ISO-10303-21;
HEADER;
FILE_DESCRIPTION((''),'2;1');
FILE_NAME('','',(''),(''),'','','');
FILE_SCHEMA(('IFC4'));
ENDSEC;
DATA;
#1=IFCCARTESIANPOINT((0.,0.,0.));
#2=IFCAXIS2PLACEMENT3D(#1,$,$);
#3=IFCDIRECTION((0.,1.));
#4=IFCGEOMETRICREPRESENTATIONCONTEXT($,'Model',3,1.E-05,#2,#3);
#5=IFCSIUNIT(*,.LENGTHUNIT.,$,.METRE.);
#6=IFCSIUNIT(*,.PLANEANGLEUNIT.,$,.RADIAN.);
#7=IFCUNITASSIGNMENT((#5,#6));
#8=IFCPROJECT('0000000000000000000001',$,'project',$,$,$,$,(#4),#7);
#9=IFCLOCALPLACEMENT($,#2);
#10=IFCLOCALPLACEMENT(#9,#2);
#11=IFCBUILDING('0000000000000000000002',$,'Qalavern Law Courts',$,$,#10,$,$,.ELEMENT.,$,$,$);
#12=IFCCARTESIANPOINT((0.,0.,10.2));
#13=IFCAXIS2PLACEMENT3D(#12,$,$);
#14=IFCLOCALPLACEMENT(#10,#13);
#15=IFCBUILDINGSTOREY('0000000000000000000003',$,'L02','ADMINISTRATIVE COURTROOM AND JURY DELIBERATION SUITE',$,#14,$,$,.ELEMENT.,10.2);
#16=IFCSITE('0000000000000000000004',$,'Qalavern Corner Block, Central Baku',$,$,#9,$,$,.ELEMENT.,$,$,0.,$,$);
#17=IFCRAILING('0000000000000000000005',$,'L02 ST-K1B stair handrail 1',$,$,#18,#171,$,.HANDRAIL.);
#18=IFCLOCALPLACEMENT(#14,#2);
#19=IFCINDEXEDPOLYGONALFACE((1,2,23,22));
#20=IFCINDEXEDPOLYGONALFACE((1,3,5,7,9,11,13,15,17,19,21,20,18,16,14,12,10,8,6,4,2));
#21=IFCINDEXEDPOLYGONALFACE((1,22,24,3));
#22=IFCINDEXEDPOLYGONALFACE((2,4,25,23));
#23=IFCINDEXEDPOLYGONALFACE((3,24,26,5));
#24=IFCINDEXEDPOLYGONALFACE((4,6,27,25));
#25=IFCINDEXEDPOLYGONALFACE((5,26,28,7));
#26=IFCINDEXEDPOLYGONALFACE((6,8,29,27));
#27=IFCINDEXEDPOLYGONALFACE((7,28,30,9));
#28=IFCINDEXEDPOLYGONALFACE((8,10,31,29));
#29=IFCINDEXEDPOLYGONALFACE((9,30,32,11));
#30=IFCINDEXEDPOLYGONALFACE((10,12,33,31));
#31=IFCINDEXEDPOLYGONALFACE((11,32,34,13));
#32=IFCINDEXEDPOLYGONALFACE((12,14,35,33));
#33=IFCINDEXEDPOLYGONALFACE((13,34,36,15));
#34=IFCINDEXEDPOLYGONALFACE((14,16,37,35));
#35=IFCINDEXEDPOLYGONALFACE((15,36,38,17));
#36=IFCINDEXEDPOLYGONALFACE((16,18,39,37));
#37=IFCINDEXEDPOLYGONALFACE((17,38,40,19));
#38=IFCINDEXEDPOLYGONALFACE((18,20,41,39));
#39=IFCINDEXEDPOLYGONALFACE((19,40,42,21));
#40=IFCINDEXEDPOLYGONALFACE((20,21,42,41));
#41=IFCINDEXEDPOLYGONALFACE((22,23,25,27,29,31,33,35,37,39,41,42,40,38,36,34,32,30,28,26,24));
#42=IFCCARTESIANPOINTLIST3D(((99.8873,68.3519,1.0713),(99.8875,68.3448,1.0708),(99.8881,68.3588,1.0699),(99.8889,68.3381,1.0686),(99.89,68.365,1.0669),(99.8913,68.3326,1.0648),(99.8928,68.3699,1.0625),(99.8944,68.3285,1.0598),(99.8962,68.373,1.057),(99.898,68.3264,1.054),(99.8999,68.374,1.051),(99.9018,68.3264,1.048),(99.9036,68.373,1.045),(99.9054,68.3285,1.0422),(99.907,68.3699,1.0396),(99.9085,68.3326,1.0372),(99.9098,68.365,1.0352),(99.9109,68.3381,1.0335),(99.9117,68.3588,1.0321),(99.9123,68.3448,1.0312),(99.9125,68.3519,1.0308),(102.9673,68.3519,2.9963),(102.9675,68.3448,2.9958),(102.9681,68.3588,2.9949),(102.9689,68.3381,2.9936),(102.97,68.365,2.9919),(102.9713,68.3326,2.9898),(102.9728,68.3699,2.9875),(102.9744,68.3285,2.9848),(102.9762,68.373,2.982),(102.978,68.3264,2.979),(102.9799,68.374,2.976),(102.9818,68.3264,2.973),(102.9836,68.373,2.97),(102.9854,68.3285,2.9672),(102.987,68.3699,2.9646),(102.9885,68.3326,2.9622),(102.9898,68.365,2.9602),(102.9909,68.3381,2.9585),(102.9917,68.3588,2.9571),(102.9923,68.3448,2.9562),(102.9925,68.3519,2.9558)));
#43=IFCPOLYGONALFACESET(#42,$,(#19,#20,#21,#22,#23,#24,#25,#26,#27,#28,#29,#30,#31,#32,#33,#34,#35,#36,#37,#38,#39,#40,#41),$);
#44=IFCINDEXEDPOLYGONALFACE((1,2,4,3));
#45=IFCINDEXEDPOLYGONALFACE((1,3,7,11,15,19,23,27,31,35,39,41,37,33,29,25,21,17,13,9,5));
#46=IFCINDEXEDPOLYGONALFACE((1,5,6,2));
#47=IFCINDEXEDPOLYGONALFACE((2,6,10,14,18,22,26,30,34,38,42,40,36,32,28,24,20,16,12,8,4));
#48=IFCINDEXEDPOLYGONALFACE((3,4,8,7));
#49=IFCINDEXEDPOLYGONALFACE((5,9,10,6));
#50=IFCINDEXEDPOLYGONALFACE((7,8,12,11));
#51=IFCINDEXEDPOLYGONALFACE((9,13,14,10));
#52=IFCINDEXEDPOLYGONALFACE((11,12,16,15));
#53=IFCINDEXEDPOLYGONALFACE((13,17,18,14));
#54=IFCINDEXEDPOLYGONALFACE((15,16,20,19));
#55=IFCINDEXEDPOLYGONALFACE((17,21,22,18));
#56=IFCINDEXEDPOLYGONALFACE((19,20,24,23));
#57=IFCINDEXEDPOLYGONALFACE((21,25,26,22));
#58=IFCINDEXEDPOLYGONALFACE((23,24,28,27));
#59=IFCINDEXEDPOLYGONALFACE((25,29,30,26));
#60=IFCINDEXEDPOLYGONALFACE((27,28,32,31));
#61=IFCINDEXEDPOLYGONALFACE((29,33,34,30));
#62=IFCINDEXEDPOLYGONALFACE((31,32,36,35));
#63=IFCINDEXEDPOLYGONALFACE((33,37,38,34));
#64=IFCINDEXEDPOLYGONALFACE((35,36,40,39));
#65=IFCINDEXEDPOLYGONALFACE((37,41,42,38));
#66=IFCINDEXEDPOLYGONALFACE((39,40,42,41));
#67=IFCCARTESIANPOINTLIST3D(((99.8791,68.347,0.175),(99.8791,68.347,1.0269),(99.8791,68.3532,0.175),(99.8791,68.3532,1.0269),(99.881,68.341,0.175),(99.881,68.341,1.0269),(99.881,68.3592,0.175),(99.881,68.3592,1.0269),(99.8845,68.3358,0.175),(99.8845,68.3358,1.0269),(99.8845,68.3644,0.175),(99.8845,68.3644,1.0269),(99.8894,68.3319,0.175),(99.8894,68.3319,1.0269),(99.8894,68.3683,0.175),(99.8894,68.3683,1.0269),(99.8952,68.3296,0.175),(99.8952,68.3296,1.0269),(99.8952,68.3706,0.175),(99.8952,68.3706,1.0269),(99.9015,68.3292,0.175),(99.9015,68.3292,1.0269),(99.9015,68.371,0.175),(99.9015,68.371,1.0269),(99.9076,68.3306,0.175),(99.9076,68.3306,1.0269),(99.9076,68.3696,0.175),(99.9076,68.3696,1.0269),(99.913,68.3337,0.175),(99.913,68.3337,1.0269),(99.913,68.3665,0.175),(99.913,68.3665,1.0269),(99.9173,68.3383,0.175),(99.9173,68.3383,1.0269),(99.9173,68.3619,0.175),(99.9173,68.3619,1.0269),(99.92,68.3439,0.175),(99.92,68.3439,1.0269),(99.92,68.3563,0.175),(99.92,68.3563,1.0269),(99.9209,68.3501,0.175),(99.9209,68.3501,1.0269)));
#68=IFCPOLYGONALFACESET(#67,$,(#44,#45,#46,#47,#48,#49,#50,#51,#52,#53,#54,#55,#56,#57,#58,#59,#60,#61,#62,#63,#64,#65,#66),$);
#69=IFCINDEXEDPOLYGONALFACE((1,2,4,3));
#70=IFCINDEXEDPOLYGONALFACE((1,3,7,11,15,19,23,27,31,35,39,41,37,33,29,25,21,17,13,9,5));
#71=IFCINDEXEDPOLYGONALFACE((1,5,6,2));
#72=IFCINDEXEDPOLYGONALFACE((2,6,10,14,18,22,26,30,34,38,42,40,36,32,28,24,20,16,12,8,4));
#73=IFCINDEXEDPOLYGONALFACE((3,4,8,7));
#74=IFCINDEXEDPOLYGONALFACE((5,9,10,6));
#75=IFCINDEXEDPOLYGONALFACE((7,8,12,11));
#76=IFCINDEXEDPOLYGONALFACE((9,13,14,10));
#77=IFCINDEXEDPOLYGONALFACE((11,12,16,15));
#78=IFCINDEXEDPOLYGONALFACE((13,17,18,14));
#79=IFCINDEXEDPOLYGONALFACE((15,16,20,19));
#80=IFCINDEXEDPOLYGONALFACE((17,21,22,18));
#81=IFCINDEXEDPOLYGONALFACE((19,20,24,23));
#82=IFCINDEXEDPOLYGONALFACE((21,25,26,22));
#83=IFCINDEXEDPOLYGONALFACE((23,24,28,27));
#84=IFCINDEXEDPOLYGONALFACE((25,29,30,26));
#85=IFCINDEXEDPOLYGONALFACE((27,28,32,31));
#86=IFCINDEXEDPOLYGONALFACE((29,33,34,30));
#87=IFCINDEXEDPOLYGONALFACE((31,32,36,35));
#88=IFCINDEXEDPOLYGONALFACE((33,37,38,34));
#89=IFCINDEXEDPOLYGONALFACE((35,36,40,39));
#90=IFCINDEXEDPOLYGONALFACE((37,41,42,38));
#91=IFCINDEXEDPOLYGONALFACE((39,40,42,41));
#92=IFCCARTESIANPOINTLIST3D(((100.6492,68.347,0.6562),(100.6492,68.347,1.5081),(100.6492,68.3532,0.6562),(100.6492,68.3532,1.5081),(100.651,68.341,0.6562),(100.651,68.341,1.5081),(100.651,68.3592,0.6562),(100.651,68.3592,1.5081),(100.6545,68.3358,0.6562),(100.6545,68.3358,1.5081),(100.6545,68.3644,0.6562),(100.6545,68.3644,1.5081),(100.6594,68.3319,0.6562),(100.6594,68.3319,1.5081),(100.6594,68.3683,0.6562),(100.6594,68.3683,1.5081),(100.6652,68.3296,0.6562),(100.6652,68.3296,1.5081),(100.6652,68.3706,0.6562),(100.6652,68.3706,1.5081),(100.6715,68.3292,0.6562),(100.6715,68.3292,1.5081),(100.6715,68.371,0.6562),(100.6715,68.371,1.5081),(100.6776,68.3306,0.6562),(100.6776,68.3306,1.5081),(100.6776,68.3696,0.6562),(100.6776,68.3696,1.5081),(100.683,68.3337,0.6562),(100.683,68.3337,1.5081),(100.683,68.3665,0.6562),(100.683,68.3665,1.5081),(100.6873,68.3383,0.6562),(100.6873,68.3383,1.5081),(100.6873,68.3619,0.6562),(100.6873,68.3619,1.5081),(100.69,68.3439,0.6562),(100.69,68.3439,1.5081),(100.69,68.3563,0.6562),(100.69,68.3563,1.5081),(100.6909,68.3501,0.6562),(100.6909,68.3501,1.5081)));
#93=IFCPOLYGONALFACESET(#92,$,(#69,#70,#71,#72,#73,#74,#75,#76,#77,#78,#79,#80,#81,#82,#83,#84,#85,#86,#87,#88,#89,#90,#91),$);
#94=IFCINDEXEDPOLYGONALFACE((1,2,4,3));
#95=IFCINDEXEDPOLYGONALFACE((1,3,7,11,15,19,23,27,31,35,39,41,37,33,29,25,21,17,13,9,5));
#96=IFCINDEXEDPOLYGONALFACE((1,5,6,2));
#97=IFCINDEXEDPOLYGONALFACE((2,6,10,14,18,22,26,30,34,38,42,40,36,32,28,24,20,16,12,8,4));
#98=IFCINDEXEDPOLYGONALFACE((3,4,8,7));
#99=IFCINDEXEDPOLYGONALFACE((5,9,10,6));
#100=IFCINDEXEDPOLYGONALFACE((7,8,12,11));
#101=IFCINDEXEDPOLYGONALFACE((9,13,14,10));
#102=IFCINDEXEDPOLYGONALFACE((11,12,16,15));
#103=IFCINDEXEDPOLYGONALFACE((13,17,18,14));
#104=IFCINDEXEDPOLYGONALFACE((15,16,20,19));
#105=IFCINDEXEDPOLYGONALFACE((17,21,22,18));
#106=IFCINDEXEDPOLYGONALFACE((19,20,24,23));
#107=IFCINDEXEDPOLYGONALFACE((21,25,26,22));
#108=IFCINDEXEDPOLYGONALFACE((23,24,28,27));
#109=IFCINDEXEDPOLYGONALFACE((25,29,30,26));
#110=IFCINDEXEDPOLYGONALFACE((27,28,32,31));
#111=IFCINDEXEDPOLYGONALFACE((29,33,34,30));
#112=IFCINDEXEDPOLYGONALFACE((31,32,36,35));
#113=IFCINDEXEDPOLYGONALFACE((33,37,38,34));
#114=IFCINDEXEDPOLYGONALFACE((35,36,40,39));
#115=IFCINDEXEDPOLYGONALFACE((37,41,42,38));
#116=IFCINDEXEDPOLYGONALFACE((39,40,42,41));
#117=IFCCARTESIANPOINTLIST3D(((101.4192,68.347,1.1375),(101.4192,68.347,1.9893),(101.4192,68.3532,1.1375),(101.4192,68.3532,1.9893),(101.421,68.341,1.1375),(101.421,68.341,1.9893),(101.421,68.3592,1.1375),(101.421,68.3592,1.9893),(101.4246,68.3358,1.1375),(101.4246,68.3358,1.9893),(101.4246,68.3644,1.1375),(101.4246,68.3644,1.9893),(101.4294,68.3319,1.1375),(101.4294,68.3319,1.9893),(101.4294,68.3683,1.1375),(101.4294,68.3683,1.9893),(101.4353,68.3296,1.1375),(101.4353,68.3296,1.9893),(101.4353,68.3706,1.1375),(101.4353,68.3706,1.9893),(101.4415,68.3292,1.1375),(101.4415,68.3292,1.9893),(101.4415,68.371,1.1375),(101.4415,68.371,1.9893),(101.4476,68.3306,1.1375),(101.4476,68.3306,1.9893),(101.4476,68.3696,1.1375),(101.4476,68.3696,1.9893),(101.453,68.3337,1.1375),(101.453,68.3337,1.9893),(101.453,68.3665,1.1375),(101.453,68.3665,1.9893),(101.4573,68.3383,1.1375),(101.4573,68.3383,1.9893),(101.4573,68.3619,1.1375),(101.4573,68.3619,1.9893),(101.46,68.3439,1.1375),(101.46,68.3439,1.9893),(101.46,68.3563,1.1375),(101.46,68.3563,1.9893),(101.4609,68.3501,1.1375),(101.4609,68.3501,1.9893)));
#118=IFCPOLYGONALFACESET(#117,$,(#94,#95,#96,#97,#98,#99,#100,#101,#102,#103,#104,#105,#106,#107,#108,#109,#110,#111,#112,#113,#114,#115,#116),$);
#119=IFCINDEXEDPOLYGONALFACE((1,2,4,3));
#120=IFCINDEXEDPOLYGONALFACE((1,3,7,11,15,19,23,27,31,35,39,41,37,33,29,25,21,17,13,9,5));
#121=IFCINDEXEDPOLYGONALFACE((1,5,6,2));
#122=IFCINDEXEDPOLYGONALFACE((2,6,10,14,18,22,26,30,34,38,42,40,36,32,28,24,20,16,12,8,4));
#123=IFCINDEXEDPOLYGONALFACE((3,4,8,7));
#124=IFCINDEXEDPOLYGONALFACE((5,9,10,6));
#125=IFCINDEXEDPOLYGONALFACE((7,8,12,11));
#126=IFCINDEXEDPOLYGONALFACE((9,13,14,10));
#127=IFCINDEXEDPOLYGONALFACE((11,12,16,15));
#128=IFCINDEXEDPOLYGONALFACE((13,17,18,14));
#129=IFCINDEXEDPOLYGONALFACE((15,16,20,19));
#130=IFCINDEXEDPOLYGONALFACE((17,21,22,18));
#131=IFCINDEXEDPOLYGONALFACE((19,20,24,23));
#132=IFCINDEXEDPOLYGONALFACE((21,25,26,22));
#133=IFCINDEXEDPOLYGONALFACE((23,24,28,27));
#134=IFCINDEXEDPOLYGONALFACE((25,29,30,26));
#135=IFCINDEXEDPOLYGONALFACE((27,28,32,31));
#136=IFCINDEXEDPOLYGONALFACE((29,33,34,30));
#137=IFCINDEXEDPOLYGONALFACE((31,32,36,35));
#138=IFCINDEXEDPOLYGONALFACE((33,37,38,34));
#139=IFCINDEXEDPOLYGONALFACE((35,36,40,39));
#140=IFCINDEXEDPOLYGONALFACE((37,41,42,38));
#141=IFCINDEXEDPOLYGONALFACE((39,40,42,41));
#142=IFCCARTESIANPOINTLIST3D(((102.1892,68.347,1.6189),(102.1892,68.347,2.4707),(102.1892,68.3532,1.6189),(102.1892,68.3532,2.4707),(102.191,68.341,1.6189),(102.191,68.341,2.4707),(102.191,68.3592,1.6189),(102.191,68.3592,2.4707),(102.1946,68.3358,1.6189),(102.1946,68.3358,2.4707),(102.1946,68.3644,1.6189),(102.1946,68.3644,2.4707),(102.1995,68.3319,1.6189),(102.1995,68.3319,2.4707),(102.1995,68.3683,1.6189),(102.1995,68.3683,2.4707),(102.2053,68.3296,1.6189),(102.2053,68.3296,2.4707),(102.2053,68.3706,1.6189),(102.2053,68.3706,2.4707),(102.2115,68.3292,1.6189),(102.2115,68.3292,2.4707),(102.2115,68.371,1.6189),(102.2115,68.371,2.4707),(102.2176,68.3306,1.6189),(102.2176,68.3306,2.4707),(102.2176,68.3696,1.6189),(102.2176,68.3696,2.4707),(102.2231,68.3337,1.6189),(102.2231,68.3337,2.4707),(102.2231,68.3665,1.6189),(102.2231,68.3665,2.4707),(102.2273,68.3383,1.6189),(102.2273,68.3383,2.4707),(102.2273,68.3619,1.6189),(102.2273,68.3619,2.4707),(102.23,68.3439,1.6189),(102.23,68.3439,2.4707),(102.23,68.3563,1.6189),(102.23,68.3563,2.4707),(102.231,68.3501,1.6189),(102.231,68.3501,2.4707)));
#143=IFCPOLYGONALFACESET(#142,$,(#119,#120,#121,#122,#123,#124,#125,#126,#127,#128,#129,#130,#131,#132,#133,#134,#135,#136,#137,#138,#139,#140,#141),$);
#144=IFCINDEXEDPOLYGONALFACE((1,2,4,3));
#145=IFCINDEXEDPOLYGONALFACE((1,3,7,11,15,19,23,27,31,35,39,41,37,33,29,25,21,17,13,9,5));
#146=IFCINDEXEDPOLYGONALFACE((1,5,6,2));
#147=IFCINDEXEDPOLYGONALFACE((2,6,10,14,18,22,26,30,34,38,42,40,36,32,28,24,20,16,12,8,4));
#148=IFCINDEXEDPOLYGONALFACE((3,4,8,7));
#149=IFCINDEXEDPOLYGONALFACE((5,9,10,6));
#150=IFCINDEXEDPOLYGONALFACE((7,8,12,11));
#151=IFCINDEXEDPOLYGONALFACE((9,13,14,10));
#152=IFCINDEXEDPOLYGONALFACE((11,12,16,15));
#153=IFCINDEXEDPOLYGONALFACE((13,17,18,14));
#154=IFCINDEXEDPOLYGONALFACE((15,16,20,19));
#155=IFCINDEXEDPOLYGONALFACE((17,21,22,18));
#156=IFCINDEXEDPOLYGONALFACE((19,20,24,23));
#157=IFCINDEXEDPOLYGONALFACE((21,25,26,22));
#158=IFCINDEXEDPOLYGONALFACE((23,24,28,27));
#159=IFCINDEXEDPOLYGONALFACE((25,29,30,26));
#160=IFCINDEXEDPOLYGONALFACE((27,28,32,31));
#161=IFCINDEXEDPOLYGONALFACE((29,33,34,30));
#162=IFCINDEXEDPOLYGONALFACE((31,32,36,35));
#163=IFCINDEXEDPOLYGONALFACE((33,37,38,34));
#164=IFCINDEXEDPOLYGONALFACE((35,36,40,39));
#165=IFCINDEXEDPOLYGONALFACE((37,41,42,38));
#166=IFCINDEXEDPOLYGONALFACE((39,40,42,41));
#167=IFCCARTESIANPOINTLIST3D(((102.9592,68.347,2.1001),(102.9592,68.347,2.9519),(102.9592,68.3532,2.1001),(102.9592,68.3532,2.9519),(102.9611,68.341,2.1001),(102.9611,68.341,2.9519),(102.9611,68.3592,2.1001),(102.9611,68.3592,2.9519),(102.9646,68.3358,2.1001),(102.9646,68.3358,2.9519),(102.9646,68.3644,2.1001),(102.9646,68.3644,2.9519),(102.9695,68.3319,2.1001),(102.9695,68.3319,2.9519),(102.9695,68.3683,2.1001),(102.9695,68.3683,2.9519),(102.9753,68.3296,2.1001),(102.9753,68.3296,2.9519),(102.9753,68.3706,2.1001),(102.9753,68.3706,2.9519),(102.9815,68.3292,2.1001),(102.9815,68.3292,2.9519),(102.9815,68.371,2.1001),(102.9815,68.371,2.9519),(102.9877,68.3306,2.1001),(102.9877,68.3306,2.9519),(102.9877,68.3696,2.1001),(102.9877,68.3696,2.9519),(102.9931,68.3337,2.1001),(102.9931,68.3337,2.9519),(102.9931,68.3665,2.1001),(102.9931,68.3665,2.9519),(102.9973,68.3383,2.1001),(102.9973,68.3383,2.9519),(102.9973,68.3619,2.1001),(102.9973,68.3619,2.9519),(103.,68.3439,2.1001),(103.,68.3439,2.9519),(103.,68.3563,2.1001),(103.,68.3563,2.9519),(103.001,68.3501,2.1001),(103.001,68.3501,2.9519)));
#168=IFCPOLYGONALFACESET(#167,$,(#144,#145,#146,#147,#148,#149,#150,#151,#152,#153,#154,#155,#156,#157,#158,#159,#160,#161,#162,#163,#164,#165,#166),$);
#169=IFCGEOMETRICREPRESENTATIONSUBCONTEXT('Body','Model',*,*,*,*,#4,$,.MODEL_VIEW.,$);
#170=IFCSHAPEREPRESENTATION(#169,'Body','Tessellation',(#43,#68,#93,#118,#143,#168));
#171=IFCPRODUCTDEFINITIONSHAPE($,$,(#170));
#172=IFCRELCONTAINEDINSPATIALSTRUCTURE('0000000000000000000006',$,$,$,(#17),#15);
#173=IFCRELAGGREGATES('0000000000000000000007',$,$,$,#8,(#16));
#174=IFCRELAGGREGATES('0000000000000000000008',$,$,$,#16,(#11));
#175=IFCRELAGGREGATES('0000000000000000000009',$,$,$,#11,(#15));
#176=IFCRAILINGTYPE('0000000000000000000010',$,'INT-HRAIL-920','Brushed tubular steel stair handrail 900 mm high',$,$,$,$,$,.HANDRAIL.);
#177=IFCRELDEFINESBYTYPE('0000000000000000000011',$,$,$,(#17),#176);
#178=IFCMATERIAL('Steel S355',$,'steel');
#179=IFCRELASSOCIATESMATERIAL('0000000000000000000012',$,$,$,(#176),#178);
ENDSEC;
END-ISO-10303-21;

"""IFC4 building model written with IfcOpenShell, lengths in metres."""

from ifc_helpers import new_model, si_unit, direction, frame, origin, origin_2d, place, context, subcontext, project, spatial, circle, extrude, material, type_object, element, save


model = new_model("IFC4")

# Units and contexts
model_context = context("Model", 3, precision=1e-05, world=origin(), true_north=direction((0.0, 1.0)))
body_context = subcontext(model_context, "Body", "Model", "MODEL_VIEW")
ifc_project = project(units=[si_unit("LENGTHUNIT", "METRE"), si_unit("PLANEANGLEUNIT", "RADIAN")], contexts=[model_context])

# Site, building, storey
site_placement = place(None, origin())
site = spatial("IfcSite", under=ifc_project, at=site_placement, Name="Qalavern Corner Block, Central Baku", CompositionType="ELEMENT", RefElevation=0.0)
building_placement = place(site_placement, origin())
building = spatial("IfcBuilding", under=site, at=building_placement, Name="Qalavern Law Courts", CompositionType="ELEMENT")
storey_placement = place(building_placement, frame((0.0, 0.0, 10.2)))
storey = spatial("IfcBuildingStorey", under=building, at=storey_placement, Name="L02", Description="ADMINISTRATIVE COURTROOM AND JURY DELIBERATION SUITE", CompositionType="ELEMENT", Elevation=10.2)

# Shared definitions
ifc_material_1 = material(Name="Steel S355", Category="steel")

# Railing
railing_type_1 = type_object("IfcRailingType", Name="INT-HRAIL-920", Description="Brushed tubular steel stair handrail 900 mm high", PredefinedType="HANDRAIL", material=ifc_material_1)
railing_1_placement = place(storey_placement, frame((99.8999, 68.3501, 0.175)))
element("IfcRailing", 1, at=railing_1_placement, inside=storey, type_object=railing_type_1, Name="L02 ST-K1B stair handrail 1", PredefinedType="HANDRAIL", context=body_context, shape_type="SweptSolid", body=[
    extrude(circle(Radius=0.0239, at=origin_2d()), frame((0.0, 0.0, 0.876), z_axis=(0.847998, 0.0, 0.529999), x_axis=(0.0, 1.0, 0.0)), (0.0, 0.0, 1.0), 3.6321),
    extrude(circle(Radius=0.021, at=origin_2d()), origin(), (0.0, 0.0, 1.0), 0.8518),
    extrude(circle(Radius=0.021, at=origin_2d()), frame((0.77, 0.0, 0.4812)), (0.0, 0.0, 1.0), 0.8518),
    extrude(circle(Radius=0.021, at=origin_2d()), frame((1.54, 0.0, 0.9624)), (0.0, 0.0, 1.0), 0.8518),
    extrude(circle(Radius=0.021, at=origin_2d()), frame((2.3101, 0.0, 1.4438)), (0.0, 0.0, 1.0), 0.8518),
    extrude(circle(Radius=0.021, at=origin_2d()), frame((3.0801, 0.0, 1.925)), (0.0, 0.0, 1.0), 0.8518),
])

save(model, "model.ifc")
